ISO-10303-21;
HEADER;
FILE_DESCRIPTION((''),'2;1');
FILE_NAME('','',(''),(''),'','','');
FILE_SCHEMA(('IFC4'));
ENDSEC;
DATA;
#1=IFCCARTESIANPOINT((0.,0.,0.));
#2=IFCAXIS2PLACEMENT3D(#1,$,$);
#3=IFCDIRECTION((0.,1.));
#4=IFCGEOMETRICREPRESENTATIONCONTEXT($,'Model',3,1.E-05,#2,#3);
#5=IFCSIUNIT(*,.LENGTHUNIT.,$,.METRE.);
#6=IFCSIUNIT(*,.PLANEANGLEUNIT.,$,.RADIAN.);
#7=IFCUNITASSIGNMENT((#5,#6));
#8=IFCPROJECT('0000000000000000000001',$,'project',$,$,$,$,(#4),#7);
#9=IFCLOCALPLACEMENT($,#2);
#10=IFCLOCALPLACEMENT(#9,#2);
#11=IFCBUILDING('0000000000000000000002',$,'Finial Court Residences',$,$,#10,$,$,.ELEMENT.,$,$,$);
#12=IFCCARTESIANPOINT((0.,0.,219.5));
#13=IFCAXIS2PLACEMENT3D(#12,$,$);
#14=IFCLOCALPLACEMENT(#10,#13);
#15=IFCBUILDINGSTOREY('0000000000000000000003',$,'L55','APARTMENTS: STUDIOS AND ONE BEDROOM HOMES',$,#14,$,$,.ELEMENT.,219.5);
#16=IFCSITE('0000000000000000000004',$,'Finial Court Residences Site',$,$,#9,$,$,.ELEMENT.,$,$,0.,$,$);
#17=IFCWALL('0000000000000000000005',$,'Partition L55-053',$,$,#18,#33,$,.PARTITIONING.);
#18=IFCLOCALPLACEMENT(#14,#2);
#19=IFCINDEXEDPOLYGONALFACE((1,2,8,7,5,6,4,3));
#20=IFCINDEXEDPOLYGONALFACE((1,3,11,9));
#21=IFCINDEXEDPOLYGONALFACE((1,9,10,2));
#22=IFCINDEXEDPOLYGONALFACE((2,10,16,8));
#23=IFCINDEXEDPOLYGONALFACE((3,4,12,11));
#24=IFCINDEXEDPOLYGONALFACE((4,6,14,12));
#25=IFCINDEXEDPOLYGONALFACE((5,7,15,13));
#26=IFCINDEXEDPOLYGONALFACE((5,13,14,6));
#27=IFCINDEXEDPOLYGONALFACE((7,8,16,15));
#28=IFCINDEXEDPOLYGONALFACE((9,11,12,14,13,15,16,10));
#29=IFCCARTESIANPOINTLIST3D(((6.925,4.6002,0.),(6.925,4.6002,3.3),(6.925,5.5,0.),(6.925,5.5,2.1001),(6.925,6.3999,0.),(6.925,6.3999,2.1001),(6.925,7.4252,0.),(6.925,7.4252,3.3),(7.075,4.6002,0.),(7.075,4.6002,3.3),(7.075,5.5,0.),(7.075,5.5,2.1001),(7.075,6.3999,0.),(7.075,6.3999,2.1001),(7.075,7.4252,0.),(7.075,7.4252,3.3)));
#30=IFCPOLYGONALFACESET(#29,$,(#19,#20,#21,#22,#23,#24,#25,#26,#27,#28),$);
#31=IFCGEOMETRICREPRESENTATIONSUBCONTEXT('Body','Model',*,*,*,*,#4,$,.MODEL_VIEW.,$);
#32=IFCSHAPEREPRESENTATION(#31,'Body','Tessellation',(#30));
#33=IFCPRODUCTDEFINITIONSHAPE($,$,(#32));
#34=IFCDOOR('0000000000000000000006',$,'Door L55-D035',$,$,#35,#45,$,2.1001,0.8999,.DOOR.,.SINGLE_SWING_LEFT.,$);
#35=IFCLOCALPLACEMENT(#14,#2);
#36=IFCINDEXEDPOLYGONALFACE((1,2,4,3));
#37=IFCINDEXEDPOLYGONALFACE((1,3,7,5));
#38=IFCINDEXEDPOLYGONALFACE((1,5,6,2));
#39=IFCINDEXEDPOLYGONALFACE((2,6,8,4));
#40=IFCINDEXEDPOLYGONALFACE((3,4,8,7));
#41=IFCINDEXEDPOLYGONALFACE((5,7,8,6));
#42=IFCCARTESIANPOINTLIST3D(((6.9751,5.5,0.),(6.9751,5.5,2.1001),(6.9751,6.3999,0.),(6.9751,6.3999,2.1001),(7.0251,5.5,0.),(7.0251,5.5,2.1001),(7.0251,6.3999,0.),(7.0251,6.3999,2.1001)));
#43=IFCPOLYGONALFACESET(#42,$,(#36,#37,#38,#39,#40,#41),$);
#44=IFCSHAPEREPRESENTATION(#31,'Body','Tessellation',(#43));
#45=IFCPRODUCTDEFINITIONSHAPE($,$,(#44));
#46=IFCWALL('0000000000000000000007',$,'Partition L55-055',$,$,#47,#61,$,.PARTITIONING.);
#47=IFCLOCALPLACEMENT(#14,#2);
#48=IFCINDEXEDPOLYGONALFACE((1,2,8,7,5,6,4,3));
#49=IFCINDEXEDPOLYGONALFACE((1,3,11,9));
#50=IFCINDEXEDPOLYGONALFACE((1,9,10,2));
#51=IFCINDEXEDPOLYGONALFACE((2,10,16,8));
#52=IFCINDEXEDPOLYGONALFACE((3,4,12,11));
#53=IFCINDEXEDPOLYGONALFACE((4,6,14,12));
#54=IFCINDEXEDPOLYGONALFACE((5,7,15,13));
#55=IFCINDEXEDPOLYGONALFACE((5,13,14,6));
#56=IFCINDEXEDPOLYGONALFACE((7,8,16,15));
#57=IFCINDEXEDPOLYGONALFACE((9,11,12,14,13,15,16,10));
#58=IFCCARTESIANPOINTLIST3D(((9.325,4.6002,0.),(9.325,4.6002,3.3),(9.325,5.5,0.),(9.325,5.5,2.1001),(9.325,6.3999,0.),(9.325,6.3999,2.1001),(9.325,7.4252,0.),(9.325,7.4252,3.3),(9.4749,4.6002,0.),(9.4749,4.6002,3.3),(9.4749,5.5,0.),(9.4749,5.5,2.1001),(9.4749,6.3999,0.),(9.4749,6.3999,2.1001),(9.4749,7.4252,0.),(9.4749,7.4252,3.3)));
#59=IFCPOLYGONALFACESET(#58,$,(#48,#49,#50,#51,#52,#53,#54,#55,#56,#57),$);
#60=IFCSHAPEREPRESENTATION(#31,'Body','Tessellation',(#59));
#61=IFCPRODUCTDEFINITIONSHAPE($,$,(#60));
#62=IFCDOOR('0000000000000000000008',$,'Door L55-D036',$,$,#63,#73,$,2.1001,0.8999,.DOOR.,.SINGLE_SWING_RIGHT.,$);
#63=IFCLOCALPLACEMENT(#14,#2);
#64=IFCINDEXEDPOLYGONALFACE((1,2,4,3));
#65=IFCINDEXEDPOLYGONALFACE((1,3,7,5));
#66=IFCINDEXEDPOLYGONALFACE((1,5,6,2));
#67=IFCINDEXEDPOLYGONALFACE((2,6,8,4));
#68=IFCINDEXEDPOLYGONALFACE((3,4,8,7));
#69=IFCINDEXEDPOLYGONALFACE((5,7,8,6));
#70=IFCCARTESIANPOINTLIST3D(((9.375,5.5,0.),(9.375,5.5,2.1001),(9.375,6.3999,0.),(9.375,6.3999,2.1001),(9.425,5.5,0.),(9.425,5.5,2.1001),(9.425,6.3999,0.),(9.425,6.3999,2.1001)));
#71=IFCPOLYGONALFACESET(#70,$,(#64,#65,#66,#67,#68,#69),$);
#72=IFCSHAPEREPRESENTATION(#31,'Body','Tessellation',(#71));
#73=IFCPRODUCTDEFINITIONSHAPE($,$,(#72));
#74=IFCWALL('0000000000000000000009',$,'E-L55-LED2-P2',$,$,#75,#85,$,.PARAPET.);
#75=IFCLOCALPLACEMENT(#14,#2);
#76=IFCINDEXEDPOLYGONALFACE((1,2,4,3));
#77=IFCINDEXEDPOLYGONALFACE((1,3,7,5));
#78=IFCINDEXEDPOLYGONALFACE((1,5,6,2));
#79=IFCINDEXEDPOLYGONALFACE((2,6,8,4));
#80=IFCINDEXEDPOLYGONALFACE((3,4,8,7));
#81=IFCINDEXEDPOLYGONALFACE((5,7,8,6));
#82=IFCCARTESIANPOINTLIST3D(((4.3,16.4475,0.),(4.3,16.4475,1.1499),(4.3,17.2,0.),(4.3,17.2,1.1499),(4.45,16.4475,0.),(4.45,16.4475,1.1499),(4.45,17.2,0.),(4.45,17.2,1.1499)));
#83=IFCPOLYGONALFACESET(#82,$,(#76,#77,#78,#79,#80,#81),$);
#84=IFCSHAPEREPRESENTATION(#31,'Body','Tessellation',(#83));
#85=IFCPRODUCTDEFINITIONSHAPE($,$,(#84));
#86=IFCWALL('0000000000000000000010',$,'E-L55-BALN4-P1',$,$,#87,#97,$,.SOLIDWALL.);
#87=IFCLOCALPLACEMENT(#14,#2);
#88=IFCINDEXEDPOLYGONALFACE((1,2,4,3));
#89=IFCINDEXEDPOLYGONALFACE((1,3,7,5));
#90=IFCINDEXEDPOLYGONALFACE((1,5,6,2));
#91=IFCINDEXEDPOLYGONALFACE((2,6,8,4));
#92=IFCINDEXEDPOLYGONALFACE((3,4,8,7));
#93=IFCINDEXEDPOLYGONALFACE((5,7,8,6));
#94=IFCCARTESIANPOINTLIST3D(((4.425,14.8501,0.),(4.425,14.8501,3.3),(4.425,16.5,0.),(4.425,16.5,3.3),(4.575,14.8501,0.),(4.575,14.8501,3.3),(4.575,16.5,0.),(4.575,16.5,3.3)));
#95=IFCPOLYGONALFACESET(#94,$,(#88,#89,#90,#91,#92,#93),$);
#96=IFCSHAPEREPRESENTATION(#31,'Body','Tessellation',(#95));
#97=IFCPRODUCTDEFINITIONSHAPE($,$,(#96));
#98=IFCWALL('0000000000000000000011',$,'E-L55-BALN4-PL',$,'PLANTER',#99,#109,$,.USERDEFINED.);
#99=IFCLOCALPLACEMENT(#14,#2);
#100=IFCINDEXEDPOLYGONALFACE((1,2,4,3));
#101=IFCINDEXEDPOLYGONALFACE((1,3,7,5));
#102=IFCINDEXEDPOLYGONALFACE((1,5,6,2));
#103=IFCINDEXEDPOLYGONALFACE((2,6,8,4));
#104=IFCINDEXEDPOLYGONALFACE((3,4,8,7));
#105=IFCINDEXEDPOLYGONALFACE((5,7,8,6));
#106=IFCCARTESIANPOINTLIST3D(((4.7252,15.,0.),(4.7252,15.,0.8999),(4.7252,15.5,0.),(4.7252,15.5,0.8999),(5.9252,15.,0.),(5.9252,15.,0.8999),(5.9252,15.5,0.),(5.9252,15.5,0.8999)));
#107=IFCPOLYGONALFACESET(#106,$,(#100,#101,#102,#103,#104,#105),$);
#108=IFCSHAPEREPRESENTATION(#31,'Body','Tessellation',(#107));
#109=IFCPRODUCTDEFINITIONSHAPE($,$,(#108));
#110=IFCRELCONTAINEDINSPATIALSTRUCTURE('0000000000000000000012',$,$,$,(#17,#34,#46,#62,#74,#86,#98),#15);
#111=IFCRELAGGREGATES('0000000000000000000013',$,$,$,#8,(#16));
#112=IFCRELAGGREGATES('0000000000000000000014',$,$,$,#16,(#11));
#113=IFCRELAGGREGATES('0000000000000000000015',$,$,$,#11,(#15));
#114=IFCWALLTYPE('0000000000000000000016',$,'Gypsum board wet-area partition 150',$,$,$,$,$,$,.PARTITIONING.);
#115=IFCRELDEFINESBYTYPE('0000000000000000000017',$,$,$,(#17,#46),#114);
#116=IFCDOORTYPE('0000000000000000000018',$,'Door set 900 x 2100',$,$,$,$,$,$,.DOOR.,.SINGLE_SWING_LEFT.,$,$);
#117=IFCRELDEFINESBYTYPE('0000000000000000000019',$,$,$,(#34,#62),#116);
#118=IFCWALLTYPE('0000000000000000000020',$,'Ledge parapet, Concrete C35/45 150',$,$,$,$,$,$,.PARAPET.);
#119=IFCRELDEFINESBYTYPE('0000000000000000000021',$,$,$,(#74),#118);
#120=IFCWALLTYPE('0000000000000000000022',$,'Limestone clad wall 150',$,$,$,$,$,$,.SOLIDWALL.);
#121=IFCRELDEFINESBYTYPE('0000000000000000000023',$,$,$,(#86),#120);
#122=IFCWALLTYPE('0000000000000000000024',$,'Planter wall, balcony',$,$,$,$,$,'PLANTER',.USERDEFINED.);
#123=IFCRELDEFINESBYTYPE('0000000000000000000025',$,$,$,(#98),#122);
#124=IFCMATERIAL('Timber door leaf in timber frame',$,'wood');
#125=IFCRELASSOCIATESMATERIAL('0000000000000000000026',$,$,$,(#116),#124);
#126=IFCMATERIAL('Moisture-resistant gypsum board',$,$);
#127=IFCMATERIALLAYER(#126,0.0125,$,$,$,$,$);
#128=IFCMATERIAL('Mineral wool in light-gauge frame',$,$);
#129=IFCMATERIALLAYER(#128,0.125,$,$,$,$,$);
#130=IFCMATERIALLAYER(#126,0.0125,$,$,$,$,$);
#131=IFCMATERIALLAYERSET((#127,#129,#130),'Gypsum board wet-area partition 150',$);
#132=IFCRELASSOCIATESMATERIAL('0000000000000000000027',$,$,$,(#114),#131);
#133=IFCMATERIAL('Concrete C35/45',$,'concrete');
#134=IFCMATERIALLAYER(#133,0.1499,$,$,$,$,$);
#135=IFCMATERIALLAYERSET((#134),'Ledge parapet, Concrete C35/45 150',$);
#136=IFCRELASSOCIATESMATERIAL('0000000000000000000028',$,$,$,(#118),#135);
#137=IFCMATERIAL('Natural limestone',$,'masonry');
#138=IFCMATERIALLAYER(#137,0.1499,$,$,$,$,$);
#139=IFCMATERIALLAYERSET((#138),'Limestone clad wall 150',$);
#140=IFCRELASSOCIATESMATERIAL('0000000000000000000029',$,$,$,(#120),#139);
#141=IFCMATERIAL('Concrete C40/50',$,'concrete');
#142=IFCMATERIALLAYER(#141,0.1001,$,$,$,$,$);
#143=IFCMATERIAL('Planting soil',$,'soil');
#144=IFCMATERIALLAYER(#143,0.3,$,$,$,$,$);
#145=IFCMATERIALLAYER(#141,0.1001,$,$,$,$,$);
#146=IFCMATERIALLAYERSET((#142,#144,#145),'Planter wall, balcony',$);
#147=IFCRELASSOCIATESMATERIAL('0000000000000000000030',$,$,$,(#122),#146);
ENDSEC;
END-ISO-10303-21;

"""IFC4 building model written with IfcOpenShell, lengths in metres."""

from ifc_helpers import new_model, si_unit, direction, frame, frame_2d, origin, place, context, subcontext, project, spatial, rectangle, extrude, material, layer, layer_set, type_object, element, fill, save


model = new_model("IFC4")

# Units and contexts
model_context = context("Model", 3, precision=1e-05, world=origin(), true_north=direction((0.0, 1.0)))
body_context = subcontext(model_context, "Body", "Model", "MODEL_VIEW")
ifc_project = project(units=[si_unit("LENGTHUNIT", "METRE"), si_unit("PLANEANGLEUNIT", "RADIAN")], contexts=[model_context])

# Site, building, storey
site_placement = place(None, origin())
site = spatial("IfcSite", under=ifc_project, at=site_placement, Name="Finial Court Residences Site", CompositionType="ELEMENT", RefElevation=0.0)
building_placement = place(site_placement, origin())
building = spatial("IfcBuilding", under=site, at=building_placement, Name="Finial Court Residences", CompositionType="ELEMENT")
storey_placement = place(building_placement, frame((0.0, 0.0, 219.5)))
storey = spatial("IfcBuildingStorey", under=building, at=storey_placement, Name="L55", Description="APARTMENTS: STUDIOS AND ONE BEDROOM HOMES", CompositionType="ELEMENT", Elevation=219.5)

# Shared definitions
ifc_material_1 = material(Name="Mineral wool in light-gauge frame")
ifc_material_2 = material(Name="Timber door leaf in timber frame", Category="wood")
door_type_1 = type_object("IfcDoorType", Name="Door set 900 x 2100", OperationType="SINGLE_SWING_LEFT", PredefinedType="DOOR", material=ifc_material_2)

# Shared definitions
ifc_material_3 = material(Name="Moisture-resistant gypsum board")
ifc_layer_1 = layer(ifc_material_3, 0.0125)
ifc_layer_2 = layer(ifc_material_1, 0.125)
ifc_layer_3 = layer(ifc_material_3, 0.0125)
ifc_layer_set_1 = layer_set([ifc_layer_1, ifc_layer_2, ifc_layer_3], Name="Gypsum board wet-area partition 150")
wall_type_1 = type_object("IfcWallType", Name="Gypsum board wet-area partition 150", PredefinedType="PARTITIONING", material=ifc_layer_set_1)

# Walls, openings, doors
wall_1_placement = place(storey_placement, frame((7.0, 4.6001, 0.0), z_axis=(0.0, 0.0, 1.0), x_axis=(0.0, 1.0, 0.0)))
wall_1 = element("IfcWall", 1, at=wall_1_placement, inside=storey, type_object=wall_type_1, Name="Partition L55-053", PredefinedType="PARTITIONING", context=body_context, shape_type="SweptSolid", body=[
    extrude(rectangle(XDim=2.825, YDim=0.1499, at=frame_2d((1.4126, 0.0))), origin(), (0.0, 0.0, 1.0), 3.3),
])
opening_1_placement = place(wall_1_placement, frame((0.8999, 0.0, 0.0)))
opening_1 = element("IfcOpeningElement", 2, at=opening_1_placement, cuts=wall_1, PredefinedType="OPENING", context=body_context, shape_type="SweptSolid", body=[
    extrude(rectangle(XDim=0.8999, YDim=2.1001, at=frame_2d((0.45, 1.05))), frame((0.0, 0.085, 0.0), z_axis=(0.0, -1.0, 0.0), x_axis=(1.0, 0.0, 0.0)), (0.0, 0.0, 1.0), 0.1699),
])
door_1_placement = place(opening_1_placement, origin())
door_1 = element("IfcDoor", 3, at=door_1_placement, inside=storey, type_object=door_type_1, Name="Door L55-D035", OperationType="SINGLE_SWING_LEFT", OverallHeight=2.1001, OverallWidth=0.8999, PredefinedType="DOOR", context=body_context, shape_type="SweptSolid", body=[
    extrude(rectangle(XDim=0.8999, YDim=2.1001, at=frame_2d((0.45, 1.05))), frame((0.0, 0.0249, 0.0), z_axis=(0.0, -1.0, 0.0), x_axis=(1.0, 0.0, 0.0)), (0.0, 0.0, 1.0), 0.05),
])
fill(opening_1, door_1)
wall_2_placement = place(storey_placement, frame((9.3999, 4.6001, 0.0), z_axis=(0.0, 0.0, 1.0), x_axis=(0.0, 1.0, 0.0)))
wall_2 = element("IfcWall", 4, at=wall_2_placement, inside=storey, type_object=wall_type_1, Name="Partition L55-055", PredefinedType="PARTITIONING", context=body_context, shape_type="SweptSolid", body=[
    extrude(rectangle(XDim=2.825, YDim=0.1499, at=frame_2d((1.4126, 0.0))), origin(), (0.0, 0.0, 1.0), 3.3),
])
opening_2_placement = place(wall_2_placement, frame((0.8999, 0.0, 0.0)))
opening_2 = element("IfcOpeningElement", 5, at=opening_2_placement, cuts=wall_2, PredefinedType="OPENING", context=body_context, shape_type="SweptSolid", body=[
    extrude(rectangle(XDim=0.8999, YDim=2.1001, at=frame_2d((0.45, 1.05))), frame((0.0, 0.085, 0.0), z_axis=(0.0, -1.0, 0.0), x_axis=(1.0, 0.0, 0.0)), (0.0, 0.0, 1.0), 0.1699),
])
door_2_placement = place(opening_2_placement, origin())
door_2 = element("IfcDoor", 6, at=door_2_placement, inside=storey, type_object=door_type_1, Name="Door L55-D036", OperationType="SINGLE_SWING_RIGHT", OverallHeight=2.1001, OverallWidth=0.8999, PredefinedType="DOOR", context=body_context, shape_type="SweptSolid", body=[
    extrude(rectangle(XDim=0.8999, YDim=2.1001, at=frame_2d((0.45, 1.05))), frame((0.0, 0.0249, 0.0), z_axis=(0.0, -1.0, 0.0), x_axis=(1.0, 0.0, 0.0)), (0.0, 0.0, 1.0), 0.05),
])
fill(opening_2, door_2)

# Walls
ifc_material_4 = material(Name="Concrete C35/45", Category="concrete")
ifc_layer_4 = layer(ifc_material_4, 0.1499)
ifc_layer_set_2 = layer_set([ifc_layer_4], Name="Ledge parapet, Concrete C35/45 150")
wall_type_2 = type_object("IfcWallType", Name="Ledge parapet, Concrete C35/45 150", PredefinedType="PARAPET", material=ifc_layer_set_2)
wall_3_placement = place(storey_placement, frame((4.375, 17.2, 0.0), z_axis=(0.0, 0.0, 1.0), x_axis=(0.0, -1.0, 0.0)))
element("IfcWall", 7, at=wall_3_placement, inside=storey, type_object=wall_type_2, Name="E-L55-LED2-P2", PredefinedType="PARAPET", context=body_context, shape_type="SweptSolid", body=[
    extrude(rectangle(XDim=0.7524, YDim=0.1499, at=frame_2d((0.3762, 0.0))), origin(), (0.0, 0.0, 1.0), 1.1499),
])
ifc_material_5 = material(Name="Natural limestone", Category="masonry")
ifc_layer_5 = layer(ifc_material_5, 0.1499)
ifc_layer_set_3 = layer_set([ifc_layer_5], Name="Limestone clad wall 150")
wall_type_3 = type_object("IfcWallType", Name="Limestone clad wall 150", PredefinedType="SOLIDWALL", material=ifc_layer_set_3)
wall_4_placement = place(storey_placement, frame((4.5, 14.8501, 0.0), z_axis=(0.0, 0.0, 1.0), x_axis=(0.0, 1.0, 0.0)))
element("IfcWall", 8, at=wall_4_placement, inside=storey, type_object=wall_type_3, Name="E-L55-BALN4-P1", PredefinedType="SOLIDWALL", context=body_context, shape_type="SweptSolid", body=[
    extrude(rectangle(XDim=1.6499, YDim=0.1499, at=frame_2d((0.825, 0.0))), origin(), (0.0, 0.0, 1.0), 3.3),
])

# Wall
ifc_material_6 = material(Name="Concrete C40/50", Category="concrete")
ifc_layer_6 = layer(ifc_material_6, 0.1001)
ifc_material_7 = material(Name="Planting soil", Category="soil")
ifc_layer_7 = layer(ifc_material_7, 0.3)
ifc_layer_8 = layer(ifc_material_6, 0.1001)
ifc_layer_set_4 = layer_set([ifc_layer_6, ifc_layer_7, ifc_layer_8], Name="Planter wall, balcony")
wall_type_4 = type_object("IfcWallType", Name="Planter wall, balcony", ElementType="PLANTER", PredefinedType="USERDEFINED", material=ifc_layer_set_4)
wall_5_placement = place(storey_placement, frame((4.7251, 15.25, 0.0), z_axis=(0.0, 0.0, 1.0), x_axis=(1.0, 0.0, 0.0)))
element("IfcWall", 9, at=wall_5_placement, inside=storey, type_object=wall_type_4, Name="E-L55-BALN4-PL", ObjectType="PLANTER", PredefinedType="USERDEFINED", context=body_context, shape_type="SweptSolid", body=[
    extrude(rectangle(XDim=1.2, YDim=0.5, at=frame_2d((0.6001, 0.0))), origin(), (0.0, 0.0, 1.0), 0.8999),
])

save(model, "model.ifc")
